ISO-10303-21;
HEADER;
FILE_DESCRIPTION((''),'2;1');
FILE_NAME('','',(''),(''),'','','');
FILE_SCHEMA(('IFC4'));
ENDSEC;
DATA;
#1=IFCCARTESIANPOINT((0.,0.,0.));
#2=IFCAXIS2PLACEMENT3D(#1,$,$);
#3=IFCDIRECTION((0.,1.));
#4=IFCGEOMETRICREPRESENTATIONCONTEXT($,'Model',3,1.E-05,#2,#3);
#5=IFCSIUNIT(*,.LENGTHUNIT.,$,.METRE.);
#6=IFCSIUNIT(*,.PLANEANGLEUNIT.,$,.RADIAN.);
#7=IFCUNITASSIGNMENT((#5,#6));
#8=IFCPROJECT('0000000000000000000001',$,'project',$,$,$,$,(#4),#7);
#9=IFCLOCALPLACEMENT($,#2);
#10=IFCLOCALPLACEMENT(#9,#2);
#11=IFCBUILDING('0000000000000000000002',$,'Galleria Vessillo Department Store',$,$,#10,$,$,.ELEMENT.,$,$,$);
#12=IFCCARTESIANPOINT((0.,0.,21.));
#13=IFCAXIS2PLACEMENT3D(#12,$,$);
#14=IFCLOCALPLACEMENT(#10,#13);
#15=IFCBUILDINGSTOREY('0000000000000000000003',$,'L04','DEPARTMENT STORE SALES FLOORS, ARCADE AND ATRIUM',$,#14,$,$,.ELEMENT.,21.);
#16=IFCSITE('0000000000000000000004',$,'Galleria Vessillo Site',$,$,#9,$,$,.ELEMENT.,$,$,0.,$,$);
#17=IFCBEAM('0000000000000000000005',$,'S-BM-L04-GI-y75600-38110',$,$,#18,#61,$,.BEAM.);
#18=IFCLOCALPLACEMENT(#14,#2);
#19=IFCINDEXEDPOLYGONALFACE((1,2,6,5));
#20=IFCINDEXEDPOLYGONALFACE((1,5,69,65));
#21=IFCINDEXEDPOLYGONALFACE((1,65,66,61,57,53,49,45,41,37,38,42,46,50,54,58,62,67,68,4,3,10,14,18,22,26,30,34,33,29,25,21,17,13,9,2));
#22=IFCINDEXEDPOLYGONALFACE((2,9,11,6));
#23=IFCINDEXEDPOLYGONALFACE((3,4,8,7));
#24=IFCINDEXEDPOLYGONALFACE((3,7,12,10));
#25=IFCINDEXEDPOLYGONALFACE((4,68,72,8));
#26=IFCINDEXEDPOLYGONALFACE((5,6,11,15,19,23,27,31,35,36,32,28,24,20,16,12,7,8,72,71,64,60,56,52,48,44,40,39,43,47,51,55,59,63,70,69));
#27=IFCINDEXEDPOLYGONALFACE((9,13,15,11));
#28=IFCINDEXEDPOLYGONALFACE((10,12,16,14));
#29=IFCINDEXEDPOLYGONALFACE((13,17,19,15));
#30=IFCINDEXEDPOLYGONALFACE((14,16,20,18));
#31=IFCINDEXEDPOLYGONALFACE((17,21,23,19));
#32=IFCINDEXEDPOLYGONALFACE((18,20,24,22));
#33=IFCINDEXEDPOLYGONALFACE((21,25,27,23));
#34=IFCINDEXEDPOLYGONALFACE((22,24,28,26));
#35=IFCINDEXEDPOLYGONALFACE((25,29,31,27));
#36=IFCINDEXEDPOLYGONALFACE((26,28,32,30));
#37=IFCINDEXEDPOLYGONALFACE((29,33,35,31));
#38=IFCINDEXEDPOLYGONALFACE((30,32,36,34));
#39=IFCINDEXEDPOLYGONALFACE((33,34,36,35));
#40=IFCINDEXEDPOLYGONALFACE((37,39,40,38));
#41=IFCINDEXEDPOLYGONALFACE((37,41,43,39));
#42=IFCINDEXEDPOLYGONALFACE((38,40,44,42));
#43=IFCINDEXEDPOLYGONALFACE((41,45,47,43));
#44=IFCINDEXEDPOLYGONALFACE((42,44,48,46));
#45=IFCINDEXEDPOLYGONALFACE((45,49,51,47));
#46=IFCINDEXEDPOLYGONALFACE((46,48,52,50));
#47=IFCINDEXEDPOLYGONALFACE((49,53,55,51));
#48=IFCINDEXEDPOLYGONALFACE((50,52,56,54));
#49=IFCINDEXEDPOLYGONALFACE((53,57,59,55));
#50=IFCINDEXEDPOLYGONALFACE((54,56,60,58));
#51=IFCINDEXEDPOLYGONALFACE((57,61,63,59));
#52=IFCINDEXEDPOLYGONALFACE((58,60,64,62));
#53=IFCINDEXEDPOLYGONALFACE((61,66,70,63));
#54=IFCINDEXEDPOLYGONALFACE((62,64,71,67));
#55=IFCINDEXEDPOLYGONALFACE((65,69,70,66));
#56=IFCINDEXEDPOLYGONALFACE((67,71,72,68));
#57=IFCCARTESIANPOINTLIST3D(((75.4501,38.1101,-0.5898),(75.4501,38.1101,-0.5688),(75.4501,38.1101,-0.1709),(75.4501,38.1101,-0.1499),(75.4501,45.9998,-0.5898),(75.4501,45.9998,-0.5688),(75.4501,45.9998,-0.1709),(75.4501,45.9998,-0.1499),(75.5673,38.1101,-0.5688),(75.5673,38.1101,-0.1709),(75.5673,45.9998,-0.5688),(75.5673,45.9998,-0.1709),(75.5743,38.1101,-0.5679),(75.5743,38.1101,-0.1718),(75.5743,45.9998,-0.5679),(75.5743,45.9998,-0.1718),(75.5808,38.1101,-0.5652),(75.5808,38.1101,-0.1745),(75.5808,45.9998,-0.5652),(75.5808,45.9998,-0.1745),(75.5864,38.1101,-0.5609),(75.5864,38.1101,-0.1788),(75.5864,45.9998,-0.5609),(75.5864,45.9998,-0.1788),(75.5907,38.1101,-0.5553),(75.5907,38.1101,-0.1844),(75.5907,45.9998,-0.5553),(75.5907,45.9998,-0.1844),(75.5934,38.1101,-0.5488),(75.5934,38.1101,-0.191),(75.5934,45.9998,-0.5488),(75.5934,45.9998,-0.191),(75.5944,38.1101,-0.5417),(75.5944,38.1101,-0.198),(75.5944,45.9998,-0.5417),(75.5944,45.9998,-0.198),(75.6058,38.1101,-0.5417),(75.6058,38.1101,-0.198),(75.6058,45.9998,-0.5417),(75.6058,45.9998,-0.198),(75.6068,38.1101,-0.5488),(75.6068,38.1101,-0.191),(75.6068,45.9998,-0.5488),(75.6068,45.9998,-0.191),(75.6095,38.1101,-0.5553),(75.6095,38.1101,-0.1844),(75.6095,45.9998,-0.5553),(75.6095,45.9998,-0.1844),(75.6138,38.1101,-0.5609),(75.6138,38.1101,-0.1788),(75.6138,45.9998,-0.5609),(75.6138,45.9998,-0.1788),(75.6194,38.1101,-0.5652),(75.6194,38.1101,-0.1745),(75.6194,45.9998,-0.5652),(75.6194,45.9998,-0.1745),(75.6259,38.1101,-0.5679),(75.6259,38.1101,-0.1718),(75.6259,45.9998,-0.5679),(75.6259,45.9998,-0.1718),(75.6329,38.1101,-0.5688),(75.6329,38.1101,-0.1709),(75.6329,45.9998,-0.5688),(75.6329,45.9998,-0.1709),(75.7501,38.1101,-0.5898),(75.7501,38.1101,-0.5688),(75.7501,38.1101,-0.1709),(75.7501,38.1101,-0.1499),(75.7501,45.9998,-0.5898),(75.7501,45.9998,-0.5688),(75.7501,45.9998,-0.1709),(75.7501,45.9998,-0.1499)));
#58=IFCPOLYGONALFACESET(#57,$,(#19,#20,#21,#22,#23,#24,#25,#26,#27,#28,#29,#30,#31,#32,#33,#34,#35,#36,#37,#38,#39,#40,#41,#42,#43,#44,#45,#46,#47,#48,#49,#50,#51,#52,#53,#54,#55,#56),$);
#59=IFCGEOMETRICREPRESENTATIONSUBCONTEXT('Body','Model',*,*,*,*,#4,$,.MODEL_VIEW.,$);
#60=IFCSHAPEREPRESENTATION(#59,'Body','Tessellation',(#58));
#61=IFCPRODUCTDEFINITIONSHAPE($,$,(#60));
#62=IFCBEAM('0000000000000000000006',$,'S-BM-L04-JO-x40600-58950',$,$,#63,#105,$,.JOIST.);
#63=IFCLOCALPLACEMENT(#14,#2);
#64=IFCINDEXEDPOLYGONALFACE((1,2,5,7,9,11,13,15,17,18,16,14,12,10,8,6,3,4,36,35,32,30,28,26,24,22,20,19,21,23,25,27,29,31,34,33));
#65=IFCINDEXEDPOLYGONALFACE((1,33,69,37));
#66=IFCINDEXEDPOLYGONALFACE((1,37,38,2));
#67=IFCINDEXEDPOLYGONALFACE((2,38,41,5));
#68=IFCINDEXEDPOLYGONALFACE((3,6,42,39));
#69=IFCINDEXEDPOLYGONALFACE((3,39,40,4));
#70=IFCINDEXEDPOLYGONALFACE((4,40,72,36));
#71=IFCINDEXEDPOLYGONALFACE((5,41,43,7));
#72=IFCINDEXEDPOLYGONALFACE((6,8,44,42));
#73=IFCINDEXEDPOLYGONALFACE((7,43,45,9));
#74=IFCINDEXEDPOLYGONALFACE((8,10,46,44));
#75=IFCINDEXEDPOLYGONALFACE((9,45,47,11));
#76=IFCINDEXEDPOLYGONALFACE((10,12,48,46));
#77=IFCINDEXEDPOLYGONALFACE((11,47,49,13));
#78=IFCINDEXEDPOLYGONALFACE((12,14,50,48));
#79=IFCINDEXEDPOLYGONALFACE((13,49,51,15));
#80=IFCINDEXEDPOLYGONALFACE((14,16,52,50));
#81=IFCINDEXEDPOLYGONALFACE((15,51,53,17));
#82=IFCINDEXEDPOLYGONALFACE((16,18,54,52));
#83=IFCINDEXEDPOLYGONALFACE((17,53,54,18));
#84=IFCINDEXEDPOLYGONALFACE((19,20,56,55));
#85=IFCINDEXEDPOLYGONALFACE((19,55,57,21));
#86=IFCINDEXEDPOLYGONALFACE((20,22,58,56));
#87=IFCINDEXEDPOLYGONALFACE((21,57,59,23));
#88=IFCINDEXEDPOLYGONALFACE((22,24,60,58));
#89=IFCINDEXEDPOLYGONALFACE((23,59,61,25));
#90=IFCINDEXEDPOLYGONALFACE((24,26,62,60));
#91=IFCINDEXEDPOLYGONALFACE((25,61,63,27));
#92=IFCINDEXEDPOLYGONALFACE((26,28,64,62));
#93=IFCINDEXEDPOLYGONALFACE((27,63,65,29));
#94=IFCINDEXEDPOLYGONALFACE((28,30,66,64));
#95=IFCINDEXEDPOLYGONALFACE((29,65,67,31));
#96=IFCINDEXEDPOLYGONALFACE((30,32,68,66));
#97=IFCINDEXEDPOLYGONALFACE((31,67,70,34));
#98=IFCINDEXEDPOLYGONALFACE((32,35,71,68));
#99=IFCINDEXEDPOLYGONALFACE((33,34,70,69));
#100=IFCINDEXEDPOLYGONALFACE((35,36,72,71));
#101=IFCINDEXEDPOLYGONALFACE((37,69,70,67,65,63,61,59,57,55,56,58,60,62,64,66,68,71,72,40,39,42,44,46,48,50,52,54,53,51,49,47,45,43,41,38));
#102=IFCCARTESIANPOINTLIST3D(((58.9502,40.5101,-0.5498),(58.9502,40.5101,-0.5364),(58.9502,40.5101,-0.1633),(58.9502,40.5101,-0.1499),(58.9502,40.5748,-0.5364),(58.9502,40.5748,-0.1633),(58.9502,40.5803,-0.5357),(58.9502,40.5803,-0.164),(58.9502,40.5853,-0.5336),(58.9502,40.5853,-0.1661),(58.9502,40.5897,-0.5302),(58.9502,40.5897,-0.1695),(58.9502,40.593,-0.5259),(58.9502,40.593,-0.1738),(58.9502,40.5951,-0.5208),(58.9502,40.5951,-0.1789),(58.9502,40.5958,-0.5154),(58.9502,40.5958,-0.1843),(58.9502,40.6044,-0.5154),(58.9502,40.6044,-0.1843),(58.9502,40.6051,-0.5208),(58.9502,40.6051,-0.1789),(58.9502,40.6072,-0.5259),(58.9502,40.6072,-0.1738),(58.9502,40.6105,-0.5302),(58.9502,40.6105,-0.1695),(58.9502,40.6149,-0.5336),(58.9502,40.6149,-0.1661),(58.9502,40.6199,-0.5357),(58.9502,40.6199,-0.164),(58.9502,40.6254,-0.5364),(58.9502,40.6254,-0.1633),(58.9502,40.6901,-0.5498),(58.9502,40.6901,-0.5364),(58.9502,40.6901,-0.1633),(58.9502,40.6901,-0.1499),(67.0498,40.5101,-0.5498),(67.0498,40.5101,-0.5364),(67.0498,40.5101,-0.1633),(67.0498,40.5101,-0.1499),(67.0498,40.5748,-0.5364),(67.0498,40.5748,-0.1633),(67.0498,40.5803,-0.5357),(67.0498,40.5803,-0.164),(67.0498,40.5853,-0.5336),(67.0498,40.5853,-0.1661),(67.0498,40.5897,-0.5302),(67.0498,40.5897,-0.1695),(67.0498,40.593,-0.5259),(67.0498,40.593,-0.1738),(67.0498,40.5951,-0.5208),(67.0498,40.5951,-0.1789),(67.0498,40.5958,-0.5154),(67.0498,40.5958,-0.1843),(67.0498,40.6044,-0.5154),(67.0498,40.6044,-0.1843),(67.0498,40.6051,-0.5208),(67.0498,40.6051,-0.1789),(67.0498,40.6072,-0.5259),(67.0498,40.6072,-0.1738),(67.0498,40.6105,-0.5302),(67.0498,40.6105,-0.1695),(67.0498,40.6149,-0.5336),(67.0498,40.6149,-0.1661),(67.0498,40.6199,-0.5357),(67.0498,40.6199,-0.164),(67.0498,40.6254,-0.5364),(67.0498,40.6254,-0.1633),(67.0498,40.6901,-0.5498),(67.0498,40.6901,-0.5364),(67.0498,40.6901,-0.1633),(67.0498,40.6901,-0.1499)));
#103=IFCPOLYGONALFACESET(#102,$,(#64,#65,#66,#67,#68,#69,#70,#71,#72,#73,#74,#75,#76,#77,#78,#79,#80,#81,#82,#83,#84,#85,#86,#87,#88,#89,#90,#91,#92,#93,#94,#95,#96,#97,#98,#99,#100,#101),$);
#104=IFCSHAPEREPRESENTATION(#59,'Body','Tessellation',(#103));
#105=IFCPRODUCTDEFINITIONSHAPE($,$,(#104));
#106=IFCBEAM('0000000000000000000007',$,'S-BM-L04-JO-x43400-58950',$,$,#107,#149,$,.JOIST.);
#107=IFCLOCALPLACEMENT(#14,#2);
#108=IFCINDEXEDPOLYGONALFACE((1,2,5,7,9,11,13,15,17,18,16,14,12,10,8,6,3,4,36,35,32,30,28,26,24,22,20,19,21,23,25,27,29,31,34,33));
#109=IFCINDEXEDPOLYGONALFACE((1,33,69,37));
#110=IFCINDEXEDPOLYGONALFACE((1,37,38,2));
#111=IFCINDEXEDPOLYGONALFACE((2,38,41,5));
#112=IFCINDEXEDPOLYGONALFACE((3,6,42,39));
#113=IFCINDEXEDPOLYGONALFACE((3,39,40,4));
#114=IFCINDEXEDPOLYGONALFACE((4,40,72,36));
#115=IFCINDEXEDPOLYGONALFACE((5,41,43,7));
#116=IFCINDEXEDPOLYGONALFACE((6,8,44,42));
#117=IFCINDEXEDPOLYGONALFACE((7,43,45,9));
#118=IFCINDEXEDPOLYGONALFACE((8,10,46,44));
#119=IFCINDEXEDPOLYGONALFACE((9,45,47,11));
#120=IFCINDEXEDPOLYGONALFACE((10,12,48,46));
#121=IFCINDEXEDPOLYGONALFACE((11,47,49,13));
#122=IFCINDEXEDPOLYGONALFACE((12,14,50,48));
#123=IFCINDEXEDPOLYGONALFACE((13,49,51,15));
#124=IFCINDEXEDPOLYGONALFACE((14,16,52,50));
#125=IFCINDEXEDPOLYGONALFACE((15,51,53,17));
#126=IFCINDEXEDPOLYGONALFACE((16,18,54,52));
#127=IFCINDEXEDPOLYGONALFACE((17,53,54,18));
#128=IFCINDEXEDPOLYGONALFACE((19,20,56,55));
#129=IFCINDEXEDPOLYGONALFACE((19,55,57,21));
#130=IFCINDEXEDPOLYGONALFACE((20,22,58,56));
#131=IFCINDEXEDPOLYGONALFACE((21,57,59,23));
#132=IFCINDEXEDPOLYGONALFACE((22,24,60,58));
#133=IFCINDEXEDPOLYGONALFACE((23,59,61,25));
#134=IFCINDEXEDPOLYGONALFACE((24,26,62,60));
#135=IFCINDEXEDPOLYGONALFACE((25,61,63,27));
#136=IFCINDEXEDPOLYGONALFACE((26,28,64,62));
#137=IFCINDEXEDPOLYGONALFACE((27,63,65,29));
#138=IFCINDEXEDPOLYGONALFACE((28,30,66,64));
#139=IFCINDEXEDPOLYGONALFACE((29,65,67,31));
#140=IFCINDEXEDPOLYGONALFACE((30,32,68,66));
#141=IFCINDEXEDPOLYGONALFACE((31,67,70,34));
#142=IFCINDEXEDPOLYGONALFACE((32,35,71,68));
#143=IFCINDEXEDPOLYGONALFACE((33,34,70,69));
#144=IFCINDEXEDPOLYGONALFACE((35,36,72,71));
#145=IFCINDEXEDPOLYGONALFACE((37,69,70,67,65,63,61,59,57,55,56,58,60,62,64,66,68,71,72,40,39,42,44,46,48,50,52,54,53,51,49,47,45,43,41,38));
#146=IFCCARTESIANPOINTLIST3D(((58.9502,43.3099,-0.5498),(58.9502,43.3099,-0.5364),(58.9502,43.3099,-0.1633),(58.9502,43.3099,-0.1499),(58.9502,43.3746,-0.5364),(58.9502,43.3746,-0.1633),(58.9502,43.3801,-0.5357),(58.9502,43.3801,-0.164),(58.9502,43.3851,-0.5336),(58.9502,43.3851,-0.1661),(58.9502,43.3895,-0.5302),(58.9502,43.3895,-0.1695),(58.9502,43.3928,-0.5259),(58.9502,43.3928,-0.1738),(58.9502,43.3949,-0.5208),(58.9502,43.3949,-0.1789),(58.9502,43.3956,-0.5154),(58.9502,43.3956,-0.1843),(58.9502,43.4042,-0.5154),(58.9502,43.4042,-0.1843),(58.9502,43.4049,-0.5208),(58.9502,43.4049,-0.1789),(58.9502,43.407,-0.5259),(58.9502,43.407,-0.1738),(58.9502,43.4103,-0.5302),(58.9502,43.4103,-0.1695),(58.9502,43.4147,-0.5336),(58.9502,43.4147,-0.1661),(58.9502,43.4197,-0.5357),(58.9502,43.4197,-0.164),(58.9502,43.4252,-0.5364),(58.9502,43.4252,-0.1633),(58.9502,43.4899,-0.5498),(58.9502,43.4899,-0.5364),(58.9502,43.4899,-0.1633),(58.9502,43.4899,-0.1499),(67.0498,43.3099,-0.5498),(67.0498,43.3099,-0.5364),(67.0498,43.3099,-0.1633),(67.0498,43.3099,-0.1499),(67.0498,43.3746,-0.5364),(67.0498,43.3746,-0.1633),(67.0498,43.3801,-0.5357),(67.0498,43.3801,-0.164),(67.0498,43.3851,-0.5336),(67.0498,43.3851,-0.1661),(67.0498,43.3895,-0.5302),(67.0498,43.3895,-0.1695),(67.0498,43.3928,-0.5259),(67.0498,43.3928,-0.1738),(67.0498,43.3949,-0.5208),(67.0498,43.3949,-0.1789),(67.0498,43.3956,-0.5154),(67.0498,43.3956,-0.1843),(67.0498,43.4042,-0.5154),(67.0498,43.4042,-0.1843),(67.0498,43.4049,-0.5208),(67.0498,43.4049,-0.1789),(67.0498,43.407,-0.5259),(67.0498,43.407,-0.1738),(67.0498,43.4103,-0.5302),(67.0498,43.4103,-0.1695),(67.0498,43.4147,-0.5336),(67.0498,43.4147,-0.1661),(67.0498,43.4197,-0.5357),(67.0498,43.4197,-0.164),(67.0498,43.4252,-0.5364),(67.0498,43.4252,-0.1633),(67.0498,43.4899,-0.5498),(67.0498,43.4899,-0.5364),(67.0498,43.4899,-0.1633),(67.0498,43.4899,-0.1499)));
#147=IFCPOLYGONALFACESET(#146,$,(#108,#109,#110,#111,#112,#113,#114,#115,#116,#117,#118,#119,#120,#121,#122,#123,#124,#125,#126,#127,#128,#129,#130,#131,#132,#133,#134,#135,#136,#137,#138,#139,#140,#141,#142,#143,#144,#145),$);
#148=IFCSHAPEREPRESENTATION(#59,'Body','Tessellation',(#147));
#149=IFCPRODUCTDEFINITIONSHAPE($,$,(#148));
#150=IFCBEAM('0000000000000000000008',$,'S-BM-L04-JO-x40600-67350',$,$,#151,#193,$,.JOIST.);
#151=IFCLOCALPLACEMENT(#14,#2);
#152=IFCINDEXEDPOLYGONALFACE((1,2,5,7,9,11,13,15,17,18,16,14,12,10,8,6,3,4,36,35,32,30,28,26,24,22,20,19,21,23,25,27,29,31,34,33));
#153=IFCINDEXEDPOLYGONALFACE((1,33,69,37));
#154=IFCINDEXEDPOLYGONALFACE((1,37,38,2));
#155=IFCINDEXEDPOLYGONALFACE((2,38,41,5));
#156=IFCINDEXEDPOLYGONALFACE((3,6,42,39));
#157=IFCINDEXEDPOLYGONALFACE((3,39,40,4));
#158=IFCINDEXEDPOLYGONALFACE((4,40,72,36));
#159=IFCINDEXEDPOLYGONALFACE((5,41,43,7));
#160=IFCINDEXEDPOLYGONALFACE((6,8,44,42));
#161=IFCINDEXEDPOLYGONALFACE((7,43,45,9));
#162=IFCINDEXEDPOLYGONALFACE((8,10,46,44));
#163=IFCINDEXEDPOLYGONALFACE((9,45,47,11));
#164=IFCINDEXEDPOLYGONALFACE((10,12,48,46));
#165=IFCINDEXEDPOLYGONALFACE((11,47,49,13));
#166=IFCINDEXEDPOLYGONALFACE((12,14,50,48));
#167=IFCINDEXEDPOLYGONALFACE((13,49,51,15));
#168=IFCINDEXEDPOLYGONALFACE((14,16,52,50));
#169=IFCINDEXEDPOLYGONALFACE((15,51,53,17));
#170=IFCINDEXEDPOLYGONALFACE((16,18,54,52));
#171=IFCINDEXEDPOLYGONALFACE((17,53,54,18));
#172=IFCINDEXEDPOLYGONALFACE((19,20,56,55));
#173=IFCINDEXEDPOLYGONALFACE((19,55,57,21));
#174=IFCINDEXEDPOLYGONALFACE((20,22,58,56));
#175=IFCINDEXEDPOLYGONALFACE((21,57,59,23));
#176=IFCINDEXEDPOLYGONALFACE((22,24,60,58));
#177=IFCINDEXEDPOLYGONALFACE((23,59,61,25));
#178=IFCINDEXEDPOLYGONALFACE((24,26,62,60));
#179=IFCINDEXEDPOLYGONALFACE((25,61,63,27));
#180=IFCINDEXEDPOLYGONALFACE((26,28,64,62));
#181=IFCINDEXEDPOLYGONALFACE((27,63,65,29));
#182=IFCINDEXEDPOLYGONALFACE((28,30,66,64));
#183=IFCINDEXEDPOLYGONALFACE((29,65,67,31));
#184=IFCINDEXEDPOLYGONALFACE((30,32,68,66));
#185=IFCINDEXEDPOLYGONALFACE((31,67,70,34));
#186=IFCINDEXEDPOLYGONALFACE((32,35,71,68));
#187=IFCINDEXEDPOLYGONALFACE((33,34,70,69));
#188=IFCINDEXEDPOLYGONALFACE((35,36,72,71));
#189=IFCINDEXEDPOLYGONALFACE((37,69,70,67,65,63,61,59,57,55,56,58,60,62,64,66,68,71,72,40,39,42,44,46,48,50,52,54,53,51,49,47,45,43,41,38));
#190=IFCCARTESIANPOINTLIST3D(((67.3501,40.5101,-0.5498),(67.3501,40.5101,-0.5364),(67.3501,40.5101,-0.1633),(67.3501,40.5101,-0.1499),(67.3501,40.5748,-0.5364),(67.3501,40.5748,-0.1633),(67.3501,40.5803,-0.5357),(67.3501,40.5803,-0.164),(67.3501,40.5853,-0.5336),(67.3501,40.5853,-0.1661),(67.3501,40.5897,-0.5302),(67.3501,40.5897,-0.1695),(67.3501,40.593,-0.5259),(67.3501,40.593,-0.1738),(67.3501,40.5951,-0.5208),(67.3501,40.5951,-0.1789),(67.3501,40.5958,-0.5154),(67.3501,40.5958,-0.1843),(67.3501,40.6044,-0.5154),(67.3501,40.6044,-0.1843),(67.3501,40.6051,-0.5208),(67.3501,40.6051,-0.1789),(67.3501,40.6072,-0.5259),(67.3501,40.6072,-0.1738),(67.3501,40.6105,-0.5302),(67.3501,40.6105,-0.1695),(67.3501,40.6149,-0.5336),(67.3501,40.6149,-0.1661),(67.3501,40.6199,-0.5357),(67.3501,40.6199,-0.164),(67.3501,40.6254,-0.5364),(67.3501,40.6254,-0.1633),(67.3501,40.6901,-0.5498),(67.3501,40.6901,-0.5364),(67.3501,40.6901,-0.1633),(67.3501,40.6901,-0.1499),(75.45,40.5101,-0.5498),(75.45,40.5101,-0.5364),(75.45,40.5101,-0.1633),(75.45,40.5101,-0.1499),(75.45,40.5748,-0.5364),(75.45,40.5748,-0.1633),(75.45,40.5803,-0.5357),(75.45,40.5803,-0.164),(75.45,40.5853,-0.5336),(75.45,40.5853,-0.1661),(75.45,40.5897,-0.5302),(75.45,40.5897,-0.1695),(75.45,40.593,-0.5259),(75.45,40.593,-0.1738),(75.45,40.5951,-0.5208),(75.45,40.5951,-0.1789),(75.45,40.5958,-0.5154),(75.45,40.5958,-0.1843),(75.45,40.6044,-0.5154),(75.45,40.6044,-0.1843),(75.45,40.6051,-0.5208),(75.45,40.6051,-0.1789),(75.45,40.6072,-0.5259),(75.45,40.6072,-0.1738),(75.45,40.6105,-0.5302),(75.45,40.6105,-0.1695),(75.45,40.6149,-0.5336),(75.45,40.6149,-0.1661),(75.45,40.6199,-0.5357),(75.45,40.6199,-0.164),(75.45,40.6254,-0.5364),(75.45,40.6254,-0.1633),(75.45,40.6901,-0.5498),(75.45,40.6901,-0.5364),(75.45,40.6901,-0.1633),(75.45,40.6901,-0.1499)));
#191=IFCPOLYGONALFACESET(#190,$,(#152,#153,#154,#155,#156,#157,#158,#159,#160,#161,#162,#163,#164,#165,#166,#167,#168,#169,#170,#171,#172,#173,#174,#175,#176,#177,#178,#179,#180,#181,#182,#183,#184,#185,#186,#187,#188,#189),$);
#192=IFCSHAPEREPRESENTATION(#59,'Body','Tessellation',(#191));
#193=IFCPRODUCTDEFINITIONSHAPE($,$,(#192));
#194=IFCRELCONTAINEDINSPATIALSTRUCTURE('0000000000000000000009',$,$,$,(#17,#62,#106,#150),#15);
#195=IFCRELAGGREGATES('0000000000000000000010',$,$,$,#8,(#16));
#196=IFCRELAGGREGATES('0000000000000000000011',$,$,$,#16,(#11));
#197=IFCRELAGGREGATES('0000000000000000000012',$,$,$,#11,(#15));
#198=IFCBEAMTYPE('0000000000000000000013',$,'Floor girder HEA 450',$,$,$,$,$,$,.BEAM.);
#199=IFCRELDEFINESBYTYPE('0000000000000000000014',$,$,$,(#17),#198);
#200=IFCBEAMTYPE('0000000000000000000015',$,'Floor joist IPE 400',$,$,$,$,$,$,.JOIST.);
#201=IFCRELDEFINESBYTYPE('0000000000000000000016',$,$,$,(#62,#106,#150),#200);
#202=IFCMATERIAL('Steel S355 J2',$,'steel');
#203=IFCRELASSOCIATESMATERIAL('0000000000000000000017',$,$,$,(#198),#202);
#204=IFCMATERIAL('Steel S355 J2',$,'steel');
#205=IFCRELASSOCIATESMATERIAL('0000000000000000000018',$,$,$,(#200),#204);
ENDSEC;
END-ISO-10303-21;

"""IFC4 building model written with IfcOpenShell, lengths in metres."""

from ifc_helpers import new_model, si_unit, direction, frame, origin, origin_2d, place, context, subcontext, project, spatial, i_section, extrude, material, material_profile, profile_set, type_object, element, save


model = new_model("IFC4")

# Units and contexts
model_context = context("Model", 3, precision=1e-05, world=origin(), true_north=direction((0.0, 1.0)))
body_context = subcontext(model_context, "Body", "Model", "MODEL_VIEW")
ifc_project = project(units=[si_unit("LENGTHUNIT", "METRE"), si_unit("PLANEANGLEUNIT", "RADIAN")], contexts=[model_context])

# Site, building, storey
site_placement = place(None, origin())
site = spatial("IfcSite", under=ifc_project, at=site_placement, Name="Galleria Vessillo Site", CompositionType="ELEMENT", RefElevation=0.0)
building_placement = place(site_placement, origin())
building = spatial("IfcBuilding", under=site, at=building_placement, Name="Galleria Vessillo Department Store", CompositionType="ELEMENT")
storey_placement = place(building_placement, frame((0.0, 0.0, 21.0)))
storey = spatial("IfcBuildingStorey", under=building, at=storey_placement, Name="L04", Description="DEPARTMENT STORE SALES FLOORS, ARCADE AND ATRIUM", CompositionType="ELEMENT", Elevation=21.0)

# Beams
ifc_material_1 = material(Name="Steel S355 J2", Category="steel")
ifc_material_profile_1 = material_profile(ifc_material_1, i_section(OverallWidth=0.3, OverallDepth=0.4399, WebThickness=0.0115, FlangeThickness=0.021, FilletRadius=0.0271, at=origin_2d()), Name="HEA 450")
ifc_profile_set_1 = profile_set([ifc_material_profile_1], Name="Steel S355 J2")
beam_type_1 = type_object("IfcBeamType", Name="Floor girder HEA 450", PredefinedType="BEAM", material=ifc_profile_set_1)
beam_1_placement = place(storey_placement, frame((75.6001, 38.1101, -0.3699), z_axis=(0.0, 1.0, 0.0), x_axis=(-1.0, 0.0, 0.0)))
element("IfcBeam", 1, at=beam_1_placement, inside=storey, type_object=beam_type_1, Name="S-BM-L04-GI-y75600-38110", PredefinedType="BEAM", context=body_context, shape_type="SweptSolid", body=[
    extrude(i_section(OverallWidth=0.3, OverallDepth=0.4399, WebThickness=0.0115, FlangeThickness=0.021, FilletRadius=0.0271, at=origin_2d()), origin(), (0.0, 0.0, 1.0), 7.8896),
])
ifc_material_2 = material(Name="Steel S355 J2", Category="steel")
ifc_material_profile_2 = material_profile(ifc_material_2, i_section(OverallWidth=0.1799, OverallDepth=0.3999, WebThickness=0.0085, FlangeThickness=0.0134, FilletRadius=0.021, at=origin_2d()), Name="IPE 400")
ifc_profile_set_2 = profile_set([ifc_material_profile_2], Name="Steel S355 J2")
beam_type_2 = type_object("IfcBeamType", Name="Floor joist IPE 400", PredefinedType="JOIST", material=ifc_profile_set_2)
for number, where, z_axis, x_axis, name in (
    (2, (58.9502, 40.6001, -0.3499), (1.0, 0.0, 0.0), (0.0, 1.0, 0.0), "S-BM-L04-JO-x40600-58950"),
    (3, (58.9502, 43.3999, -0.3499), (1.0, 0.0, 0.0), (0.0, 1.0, 0.0), "S-BM-L04-JO-x43400-58950"),
):
    element("IfcBeam", number, at=place(storey_placement, frame(where, z_axis=z_axis, x_axis=x_axis)), inside=storey, type_object=beam_type_2, Name=name, PredefinedType="JOIST", context=body_context, shape_type="SweptSolid", body=[
        extrude(i_section(OverallWidth=0.1799, OverallDepth=0.3999, WebThickness=0.0085, FlangeThickness=0.0134, FilletRadius=0.021, at=origin_2d()), origin(), (0.0, 0.0, 1.0), 8.0996),
    ])
for number, where, z_axis, x_axis, name in (
    (4, (67.3501, 40.6001, -0.3499), (1.0, 0.0, 0.0), (0.0, 1.0, 0.0), "S-BM-L04-JO-x40600-67350"),
):
    element("IfcBeam", number, at=place(storey_placement, frame(where, z_axis=z_axis, x_axis=x_axis)), inside=storey, type_object=beam_type_2, Name=name, PredefinedType="JOIST", context=body_context, shape_type="SweptSolid", body=[
        extrude(i_section(OverallWidth=0.1799, OverallDepth=0.3999, WebThickness=0.0085, FlangeThickness=0.0134, FilletRadius=0.021, at=origin_2d()), origin(), (0.0, 0.0, 1.0), 8.0999),
    ])

save(model, "model.ifc")
